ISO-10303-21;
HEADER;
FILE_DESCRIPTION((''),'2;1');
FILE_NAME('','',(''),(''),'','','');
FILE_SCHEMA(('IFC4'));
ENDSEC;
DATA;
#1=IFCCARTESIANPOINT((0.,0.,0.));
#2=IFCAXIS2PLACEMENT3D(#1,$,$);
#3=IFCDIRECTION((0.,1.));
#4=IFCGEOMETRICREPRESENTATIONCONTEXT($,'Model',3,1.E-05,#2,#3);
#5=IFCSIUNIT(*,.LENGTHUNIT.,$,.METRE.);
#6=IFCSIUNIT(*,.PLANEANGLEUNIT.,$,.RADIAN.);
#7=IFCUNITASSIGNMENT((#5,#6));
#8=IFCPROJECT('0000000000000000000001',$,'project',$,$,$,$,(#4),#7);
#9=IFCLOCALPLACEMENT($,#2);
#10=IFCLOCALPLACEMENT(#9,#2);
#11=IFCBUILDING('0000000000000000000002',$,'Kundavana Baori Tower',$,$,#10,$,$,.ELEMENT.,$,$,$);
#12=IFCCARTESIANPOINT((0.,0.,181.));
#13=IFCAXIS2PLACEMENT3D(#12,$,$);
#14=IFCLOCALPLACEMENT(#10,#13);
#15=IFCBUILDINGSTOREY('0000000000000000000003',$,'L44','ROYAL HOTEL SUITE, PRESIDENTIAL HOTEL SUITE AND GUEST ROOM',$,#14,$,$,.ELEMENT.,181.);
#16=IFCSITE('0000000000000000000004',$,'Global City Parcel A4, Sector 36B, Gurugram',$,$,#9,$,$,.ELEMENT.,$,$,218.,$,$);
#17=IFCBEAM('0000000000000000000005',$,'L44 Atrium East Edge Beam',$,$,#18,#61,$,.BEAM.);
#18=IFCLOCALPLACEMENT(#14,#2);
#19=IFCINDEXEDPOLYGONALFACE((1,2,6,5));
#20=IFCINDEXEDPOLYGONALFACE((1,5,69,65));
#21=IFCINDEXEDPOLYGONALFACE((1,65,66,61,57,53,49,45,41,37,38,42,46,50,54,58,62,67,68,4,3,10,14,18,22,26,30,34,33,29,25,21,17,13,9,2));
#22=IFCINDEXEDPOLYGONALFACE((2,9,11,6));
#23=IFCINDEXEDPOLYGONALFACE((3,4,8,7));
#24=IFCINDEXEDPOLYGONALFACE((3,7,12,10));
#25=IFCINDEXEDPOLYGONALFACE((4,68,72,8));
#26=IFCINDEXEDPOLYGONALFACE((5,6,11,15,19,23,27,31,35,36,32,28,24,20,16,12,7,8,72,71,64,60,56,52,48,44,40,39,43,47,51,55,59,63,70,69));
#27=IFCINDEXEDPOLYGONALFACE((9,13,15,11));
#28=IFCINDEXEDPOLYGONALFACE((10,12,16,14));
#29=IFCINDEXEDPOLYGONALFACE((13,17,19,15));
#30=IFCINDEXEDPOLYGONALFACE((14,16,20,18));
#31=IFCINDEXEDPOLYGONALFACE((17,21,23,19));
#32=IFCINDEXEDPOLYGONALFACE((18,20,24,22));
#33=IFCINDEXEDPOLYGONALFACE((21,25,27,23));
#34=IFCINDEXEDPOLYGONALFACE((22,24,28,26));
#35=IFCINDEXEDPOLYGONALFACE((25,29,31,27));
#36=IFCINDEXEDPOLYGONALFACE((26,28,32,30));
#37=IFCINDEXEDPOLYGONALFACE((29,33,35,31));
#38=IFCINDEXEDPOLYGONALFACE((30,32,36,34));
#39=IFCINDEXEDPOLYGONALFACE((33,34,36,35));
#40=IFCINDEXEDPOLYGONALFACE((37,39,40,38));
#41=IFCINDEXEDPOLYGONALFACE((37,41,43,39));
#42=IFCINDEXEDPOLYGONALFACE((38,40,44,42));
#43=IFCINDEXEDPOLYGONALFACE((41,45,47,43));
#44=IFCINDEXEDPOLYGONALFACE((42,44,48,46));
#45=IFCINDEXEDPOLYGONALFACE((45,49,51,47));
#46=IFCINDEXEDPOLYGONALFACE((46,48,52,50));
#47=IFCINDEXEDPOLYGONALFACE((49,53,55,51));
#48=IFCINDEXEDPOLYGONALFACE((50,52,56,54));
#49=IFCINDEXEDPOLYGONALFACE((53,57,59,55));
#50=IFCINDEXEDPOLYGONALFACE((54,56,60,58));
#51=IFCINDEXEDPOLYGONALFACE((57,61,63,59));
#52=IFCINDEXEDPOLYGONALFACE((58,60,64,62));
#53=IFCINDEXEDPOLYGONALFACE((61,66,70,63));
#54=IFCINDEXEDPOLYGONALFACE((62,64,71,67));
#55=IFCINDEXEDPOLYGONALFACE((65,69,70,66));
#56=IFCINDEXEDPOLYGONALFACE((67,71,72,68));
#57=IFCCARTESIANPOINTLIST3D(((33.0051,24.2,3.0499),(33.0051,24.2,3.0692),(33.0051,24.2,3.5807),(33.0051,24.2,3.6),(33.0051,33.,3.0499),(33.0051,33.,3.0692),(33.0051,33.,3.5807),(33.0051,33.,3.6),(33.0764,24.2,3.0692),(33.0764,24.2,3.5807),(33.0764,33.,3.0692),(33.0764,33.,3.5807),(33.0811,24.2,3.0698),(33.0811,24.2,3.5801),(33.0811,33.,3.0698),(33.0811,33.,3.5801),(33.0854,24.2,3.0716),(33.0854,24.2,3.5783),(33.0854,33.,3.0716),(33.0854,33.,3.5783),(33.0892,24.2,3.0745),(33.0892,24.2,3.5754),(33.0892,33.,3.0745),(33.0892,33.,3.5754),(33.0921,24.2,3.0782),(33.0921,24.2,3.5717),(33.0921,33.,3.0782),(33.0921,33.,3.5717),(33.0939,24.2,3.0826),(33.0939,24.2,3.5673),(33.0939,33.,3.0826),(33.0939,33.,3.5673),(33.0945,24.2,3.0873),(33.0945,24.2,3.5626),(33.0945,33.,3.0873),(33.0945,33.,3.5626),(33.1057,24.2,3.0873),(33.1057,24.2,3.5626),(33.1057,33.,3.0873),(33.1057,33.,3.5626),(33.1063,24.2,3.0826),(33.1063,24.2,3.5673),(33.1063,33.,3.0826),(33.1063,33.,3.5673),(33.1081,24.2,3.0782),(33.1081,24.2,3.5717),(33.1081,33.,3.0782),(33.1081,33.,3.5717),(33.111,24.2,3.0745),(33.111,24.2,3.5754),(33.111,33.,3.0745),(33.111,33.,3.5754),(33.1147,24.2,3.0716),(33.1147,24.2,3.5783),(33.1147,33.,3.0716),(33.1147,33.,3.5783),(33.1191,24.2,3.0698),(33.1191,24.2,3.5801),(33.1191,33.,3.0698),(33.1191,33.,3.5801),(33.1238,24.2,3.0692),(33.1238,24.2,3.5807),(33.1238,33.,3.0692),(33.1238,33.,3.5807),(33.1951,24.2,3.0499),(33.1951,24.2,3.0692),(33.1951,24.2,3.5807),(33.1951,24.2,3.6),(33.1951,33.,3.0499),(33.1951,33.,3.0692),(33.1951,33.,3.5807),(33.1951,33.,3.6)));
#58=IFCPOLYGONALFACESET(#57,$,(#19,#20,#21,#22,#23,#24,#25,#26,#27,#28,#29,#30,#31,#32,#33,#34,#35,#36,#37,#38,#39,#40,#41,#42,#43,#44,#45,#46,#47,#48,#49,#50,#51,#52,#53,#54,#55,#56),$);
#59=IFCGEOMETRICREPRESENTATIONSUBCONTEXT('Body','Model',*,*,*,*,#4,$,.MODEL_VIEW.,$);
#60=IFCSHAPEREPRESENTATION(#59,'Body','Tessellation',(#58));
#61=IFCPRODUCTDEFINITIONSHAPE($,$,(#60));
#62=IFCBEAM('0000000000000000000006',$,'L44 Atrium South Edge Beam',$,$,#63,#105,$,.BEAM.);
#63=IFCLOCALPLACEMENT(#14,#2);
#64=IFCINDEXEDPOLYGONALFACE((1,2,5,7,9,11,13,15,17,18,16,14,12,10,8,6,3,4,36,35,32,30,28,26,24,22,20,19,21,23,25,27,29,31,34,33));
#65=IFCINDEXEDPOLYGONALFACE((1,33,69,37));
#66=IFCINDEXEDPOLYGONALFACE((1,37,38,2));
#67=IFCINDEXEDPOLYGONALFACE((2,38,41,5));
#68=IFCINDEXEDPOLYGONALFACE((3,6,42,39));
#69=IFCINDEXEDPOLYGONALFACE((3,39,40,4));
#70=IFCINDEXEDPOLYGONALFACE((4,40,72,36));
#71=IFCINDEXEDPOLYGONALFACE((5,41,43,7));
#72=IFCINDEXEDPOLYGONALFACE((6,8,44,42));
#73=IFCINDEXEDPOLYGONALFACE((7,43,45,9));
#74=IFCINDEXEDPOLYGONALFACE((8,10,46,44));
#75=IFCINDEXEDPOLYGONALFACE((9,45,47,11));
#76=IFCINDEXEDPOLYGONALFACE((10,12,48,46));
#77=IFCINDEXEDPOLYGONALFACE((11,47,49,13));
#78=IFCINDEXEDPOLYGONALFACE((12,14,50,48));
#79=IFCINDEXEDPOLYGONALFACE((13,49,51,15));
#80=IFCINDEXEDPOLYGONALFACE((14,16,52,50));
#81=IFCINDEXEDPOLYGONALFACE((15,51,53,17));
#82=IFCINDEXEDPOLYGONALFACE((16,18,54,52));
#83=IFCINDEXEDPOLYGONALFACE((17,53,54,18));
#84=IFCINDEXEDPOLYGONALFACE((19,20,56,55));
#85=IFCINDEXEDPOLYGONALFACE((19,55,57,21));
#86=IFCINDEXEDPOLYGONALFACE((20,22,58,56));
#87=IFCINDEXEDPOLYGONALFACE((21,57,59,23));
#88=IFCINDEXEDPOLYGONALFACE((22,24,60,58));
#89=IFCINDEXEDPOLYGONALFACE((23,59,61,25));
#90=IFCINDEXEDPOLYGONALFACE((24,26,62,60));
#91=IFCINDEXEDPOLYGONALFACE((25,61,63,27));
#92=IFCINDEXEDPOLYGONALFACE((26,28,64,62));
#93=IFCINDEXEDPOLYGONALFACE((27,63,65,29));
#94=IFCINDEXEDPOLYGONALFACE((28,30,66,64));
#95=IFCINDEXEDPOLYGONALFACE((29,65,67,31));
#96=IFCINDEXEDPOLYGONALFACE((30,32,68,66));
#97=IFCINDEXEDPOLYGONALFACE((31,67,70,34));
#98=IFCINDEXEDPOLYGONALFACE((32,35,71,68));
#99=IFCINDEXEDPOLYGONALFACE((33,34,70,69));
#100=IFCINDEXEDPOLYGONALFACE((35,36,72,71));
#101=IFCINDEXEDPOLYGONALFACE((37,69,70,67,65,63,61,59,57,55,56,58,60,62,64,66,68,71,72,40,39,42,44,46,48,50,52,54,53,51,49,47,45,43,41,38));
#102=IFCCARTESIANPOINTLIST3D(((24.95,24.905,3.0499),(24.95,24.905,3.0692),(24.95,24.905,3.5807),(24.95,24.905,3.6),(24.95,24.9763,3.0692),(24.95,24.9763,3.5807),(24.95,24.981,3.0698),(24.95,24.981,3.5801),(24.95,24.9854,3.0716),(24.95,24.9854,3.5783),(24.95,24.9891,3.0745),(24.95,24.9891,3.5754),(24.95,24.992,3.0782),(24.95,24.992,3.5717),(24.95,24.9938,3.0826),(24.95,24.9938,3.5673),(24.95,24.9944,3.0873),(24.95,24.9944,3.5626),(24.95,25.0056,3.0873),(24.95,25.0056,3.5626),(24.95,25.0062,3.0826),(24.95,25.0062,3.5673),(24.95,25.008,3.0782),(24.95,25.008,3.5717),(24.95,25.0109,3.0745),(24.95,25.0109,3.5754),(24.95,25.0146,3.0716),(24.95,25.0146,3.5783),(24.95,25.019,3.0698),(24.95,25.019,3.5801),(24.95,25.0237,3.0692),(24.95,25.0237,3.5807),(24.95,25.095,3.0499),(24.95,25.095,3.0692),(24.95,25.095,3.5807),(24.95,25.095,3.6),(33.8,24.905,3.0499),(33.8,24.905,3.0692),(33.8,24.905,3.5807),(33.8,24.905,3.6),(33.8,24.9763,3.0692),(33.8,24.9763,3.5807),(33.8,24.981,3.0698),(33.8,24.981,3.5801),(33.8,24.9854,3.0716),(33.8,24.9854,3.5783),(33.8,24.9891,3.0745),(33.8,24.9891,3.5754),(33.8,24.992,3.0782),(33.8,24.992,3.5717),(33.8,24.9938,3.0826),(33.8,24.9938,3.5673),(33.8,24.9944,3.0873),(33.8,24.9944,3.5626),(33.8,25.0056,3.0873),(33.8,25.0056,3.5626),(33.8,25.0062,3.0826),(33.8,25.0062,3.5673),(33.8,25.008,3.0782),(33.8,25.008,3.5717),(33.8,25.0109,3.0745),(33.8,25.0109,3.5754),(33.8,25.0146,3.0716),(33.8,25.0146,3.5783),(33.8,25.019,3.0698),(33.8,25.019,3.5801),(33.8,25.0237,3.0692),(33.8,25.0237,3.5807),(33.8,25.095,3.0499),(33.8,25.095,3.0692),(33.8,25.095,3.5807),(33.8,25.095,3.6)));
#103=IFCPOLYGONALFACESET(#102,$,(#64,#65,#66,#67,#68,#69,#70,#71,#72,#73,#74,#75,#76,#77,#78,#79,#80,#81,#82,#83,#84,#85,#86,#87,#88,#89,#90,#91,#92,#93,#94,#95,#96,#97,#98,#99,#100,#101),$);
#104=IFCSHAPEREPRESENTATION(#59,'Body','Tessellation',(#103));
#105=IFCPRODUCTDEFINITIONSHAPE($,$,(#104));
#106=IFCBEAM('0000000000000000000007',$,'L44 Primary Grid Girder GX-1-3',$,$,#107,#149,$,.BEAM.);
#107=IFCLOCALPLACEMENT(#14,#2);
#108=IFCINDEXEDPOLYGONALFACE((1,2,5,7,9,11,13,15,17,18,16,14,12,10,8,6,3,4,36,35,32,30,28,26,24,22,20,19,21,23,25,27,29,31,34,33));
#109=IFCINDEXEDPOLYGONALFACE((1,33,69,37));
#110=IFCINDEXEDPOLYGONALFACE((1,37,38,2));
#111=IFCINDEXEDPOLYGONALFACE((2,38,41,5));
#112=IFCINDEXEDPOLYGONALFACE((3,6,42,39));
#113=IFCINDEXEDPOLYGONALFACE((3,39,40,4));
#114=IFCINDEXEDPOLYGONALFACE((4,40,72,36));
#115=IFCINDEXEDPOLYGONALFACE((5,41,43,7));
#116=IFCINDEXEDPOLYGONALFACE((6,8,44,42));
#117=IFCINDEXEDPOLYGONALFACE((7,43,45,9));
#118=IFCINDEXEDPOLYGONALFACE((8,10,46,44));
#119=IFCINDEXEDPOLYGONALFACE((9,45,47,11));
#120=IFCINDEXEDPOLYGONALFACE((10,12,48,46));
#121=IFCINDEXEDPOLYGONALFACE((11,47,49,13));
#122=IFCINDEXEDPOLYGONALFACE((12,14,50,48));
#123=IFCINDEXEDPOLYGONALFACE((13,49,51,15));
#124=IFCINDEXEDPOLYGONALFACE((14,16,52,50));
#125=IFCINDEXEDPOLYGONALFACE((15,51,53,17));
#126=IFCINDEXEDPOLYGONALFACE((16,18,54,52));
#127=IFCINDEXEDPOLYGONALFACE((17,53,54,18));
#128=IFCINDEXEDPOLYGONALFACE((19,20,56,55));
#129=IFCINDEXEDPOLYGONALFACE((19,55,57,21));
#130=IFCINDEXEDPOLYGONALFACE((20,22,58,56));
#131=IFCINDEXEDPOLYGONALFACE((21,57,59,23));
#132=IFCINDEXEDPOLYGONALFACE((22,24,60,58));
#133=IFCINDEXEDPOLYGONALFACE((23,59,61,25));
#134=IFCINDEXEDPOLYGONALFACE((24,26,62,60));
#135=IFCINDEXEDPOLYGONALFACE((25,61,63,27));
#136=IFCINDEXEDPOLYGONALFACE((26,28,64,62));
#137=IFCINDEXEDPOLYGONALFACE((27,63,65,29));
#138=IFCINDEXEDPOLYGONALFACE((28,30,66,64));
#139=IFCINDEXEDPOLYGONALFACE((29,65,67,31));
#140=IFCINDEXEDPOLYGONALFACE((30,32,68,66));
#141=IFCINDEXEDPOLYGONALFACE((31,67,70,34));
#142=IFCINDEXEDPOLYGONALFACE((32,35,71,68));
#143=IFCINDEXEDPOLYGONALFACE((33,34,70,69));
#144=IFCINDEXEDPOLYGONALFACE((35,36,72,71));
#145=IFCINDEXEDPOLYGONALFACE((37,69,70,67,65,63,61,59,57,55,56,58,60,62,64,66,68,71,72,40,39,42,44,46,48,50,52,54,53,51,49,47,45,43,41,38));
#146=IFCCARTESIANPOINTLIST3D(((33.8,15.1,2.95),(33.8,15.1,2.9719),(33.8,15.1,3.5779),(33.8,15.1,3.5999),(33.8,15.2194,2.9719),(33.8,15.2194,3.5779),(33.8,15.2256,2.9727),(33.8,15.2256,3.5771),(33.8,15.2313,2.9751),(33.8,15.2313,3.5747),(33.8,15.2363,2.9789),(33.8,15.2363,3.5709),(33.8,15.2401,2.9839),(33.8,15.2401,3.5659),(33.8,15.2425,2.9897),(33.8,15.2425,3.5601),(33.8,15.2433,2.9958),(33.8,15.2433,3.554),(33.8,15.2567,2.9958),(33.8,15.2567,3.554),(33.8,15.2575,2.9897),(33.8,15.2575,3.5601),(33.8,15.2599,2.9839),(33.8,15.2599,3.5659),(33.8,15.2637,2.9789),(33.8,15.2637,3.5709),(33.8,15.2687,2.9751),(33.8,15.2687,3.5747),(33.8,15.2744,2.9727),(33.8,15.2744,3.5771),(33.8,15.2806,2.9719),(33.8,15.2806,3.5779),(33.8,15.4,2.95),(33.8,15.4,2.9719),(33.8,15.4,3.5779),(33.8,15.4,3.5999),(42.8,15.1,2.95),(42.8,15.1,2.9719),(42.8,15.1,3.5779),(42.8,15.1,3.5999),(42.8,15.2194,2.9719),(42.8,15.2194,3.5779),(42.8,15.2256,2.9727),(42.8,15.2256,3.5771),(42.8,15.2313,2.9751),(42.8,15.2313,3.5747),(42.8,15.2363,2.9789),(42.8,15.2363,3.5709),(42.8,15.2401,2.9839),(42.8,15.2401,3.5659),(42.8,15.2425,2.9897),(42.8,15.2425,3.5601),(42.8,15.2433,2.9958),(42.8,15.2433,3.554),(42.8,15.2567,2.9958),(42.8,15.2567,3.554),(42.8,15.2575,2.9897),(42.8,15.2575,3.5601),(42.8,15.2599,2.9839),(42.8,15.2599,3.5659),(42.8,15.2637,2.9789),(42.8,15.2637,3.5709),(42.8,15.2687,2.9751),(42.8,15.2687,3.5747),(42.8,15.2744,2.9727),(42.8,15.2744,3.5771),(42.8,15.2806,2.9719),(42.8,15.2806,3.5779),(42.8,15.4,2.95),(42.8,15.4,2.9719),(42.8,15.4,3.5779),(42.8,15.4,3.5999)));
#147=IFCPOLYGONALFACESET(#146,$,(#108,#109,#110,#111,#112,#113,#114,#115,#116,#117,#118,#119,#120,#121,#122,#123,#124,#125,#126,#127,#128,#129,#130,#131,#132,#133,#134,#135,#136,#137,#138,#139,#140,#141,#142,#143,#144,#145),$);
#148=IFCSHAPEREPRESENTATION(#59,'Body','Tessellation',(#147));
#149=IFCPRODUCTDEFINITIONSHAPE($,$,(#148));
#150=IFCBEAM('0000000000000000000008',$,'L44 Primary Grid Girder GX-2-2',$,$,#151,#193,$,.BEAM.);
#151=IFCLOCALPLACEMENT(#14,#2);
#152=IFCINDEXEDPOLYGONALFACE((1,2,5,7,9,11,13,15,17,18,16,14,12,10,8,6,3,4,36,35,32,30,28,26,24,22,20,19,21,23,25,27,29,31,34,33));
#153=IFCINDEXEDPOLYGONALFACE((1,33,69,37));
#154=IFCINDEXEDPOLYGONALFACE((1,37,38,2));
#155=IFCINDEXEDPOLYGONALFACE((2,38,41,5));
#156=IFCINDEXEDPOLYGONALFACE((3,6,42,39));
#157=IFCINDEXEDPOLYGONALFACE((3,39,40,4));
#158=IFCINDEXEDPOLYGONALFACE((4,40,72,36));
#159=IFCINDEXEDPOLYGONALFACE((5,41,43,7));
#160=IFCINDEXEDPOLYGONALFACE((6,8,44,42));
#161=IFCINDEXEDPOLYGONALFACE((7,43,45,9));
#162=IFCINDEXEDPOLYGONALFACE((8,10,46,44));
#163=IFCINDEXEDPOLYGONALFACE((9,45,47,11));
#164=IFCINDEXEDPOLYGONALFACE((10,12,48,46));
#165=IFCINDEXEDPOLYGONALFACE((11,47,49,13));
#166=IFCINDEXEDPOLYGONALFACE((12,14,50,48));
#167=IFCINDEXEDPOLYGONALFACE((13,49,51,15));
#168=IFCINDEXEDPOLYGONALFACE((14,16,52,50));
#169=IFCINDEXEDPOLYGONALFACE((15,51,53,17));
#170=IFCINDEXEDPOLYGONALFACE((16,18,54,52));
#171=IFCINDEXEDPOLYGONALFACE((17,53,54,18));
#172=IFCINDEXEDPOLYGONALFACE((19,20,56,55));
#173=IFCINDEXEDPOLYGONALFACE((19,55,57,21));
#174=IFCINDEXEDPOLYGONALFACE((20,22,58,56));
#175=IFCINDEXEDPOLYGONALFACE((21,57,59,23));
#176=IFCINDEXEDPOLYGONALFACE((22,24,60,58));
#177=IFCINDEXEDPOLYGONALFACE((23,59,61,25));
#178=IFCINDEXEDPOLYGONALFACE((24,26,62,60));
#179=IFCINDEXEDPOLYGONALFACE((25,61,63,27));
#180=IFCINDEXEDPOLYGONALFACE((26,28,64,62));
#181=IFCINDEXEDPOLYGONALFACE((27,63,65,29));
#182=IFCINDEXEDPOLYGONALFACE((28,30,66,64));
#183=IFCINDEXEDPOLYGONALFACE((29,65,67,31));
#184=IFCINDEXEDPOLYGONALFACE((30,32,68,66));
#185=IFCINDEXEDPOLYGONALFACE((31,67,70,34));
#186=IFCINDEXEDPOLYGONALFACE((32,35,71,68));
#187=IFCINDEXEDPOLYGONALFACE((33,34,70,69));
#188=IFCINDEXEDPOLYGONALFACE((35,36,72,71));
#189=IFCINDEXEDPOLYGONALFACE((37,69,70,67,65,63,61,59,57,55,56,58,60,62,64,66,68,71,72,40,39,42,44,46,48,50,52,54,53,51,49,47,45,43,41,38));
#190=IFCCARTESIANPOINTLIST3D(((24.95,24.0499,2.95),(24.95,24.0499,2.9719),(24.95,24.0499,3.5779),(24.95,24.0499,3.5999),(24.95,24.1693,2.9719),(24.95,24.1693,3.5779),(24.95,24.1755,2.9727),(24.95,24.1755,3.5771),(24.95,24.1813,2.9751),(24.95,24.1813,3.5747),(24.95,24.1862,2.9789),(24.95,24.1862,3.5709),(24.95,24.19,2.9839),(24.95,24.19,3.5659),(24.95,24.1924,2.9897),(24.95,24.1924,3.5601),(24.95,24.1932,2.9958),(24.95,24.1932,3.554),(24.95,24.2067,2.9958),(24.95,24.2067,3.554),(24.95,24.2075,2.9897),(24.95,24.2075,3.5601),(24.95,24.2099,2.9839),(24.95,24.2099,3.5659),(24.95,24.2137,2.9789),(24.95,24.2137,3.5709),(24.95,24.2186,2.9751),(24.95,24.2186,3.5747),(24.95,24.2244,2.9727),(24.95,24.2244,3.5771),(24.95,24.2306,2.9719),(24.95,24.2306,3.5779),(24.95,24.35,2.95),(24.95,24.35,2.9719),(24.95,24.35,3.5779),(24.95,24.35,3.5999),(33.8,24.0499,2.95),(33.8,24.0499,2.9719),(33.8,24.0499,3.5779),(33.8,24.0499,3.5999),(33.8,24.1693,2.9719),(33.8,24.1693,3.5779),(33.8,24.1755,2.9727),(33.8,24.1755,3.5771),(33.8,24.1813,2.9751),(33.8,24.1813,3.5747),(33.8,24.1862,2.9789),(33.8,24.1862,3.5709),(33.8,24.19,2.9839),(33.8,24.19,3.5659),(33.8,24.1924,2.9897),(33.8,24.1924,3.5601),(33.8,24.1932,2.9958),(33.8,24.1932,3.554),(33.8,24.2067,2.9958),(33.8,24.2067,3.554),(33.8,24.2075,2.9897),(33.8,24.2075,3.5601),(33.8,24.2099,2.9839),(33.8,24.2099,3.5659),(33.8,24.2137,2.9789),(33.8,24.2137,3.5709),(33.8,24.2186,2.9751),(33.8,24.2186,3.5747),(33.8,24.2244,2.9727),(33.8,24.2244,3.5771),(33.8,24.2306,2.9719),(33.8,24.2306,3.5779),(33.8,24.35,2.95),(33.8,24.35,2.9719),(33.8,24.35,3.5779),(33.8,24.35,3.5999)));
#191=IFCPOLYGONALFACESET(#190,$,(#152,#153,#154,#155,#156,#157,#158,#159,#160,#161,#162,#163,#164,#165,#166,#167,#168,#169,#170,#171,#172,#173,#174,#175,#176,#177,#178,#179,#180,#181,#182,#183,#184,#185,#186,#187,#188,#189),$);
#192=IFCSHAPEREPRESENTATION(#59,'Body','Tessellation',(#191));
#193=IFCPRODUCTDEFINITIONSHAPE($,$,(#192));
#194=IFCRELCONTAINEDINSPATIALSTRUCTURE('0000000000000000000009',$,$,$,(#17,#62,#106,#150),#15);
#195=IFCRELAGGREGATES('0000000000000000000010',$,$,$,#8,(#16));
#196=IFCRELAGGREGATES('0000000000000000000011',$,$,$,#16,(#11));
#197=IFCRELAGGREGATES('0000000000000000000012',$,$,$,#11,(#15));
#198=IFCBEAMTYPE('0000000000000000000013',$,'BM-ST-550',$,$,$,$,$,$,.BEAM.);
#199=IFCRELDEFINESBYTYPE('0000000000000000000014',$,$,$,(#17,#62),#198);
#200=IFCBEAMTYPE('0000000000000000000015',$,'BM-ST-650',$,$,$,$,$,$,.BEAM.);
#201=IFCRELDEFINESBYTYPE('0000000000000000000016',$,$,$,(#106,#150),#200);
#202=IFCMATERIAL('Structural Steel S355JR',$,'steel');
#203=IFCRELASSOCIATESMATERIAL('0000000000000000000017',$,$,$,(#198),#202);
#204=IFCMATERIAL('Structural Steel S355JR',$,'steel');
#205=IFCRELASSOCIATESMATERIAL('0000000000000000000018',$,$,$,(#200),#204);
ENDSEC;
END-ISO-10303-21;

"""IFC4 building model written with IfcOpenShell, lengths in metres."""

from ifc_helpers import new_model, si_unit, direction, frame, origin, origin_2d, place, context, subcontext, project, spatial, i_section, extrude, material, material_profile, profile_set, type_object, element, save


model = new_model("IFC4")

# Units and contexts
model_context = context("Model", 3, precision=1e-05, world=origin(), true_north=direction((0.0, 1.0)))
body_context = subcontext(model_context, "Body", "Model", "MODEL_VIEW")
ifc_project = project(units=[si_unit("LENGTHUNIT", "METRE"), si_unit("PLANEANGLEUNIT", "RADIAN")], contexts=[model_context])

# Site, building, storey
site_placement = place(None, origin())
site = spatial("IfcSite", under=ifc_project, at=site_placement, Name="Global City Parcel A4, Sector 36B, Gurugram", CompositionType="ELEMENT", RefElevation=218.0)
building_placement = place(site_placement, origin())
building = spatial("IfcBuilding", under=site, at=building_placement, Name="Kundavana Baori Tower", CompositionType="ELEMENT")
storey_placement = place(building_placement, frame((0.0, 0.0, 181.0)))
storey = spatial("IfcBuildingStorey", under=building, at=storey_placement, Name="L44", Description="ROYAL HOTEL SUITE, PRESIDENTIAL HOTEL SUITE AND GUEST ROOM", CompositionType="ELEMENT", Elevation=181.0)

# Beams
ifc_material_1 = material(Name="Structural Steel S355JR", Category="steel")
ifc_material_profile_1 = material_profile(ifc_material_1, i_section(OverallWidth=0.1899, OverallDepth=0.55, WebThickness=0.0112, FlangeThickness=0.0193, FilletRadius=0.0181, at=origin_2d()), Name="ISMB 550")
ifc_profile_set_1 = profile_set([ifc_material_profile_1], Name="Structural Steel S355JR")
beam_type_1 = type_object("IfcBeamType", Name="BM-ST-550", PredefinedType="BEAM", material=ifc_profile_set_1)
for number, where, z_axis, x_axis, name in (
    (1, (33.1001, 24.2, 3.325), (0.0, 1.0, 0.0), (-1.0, 0.0, 0.0), "L44 Atrium East Edge Beam"),
):
    element("IfcBeam", number, at=place(storey_placement, frame(where, z_axis=z_axis, x_axis=x_axis)), inside=storey, type_object=beam_type_1, Name=name, PredefinedType="BEAM", context=body_context, shape_type="SweptSolid", body=[
        extrude(i_section(OverallWidth=0.1899, OverallDepth=0.55, WebThickness=0.0112, FlangeThickness=0.0193, FilletRadius=0.0181, at=origin_2d()), origin(), (0.0, 0.0, 1.0), 8.8),
    ])
beam_1_placement = place(storey_placement, frame((24.95, 25.0, 3.325), z_axis=(1.0, 0.0, 0.0), x_axis=(0.0, 1.0, 0.0)))
element("IfcBeam", 2, at=beam_1_placement, inside=storey, type_object=beam_type_1, Name="L44 Atrium South Edge Beam", PredefinedType="BEAM", context=body_context, shape_type="SweptSolid", body=[
    extrude(i_section(OverallWidth=0.1899, OverallDepth=0.55, WebThickness=0.0112, FlangeThickness=0.0193, FilletRadius=0.0181, at=origin_2d()), origin(), (0.0, 0.0, 1.0), 8.8501),
])
ifc_material_2 = material(Name="Structural Steel S355JR", Category="steel")
ifc_material_profile_2 = material_profile(ifc_material_2, i_section(OverallWidth=0.3, OverallDepth=0.6499, WebThickness=0.0134, FlangeThickness=0.022, FilletRadius=0.0239, at=origin_2d()), Name="NPB 650x300x155")
ifc_profile_set_2 = profile_set([ifc_material_profile_2], Name="Structural Steel S355JR")
beam_type_2 = type_object("IfcBeamType", Name="BM-ST-650", PredefinedType="BEAM", material=ifc_profile_set_2)
beam_2_placement = place(storey_placement, frame((33.8, 15.25, 3.2749), z_axis=(1.0, 0.0, 0.0), x_axis=(0.0, 1.0, 0.0)))
element("IfcBeam", 3, at=beam_2_placement, inside=storey, type_object=beam_type_2, Name="L44 Primary Grid Girder GX-1-3", PredefinedType="BEAM", context=body_context, shape_type="SweptSolid", body=[
    extrude(i_section(OverallWidth=0.3, OverallDepth=0.6499, WebThickness=0.0134, FlangeThickness=0.022, FilletRadius=0.0239, at=origin_2d()), origin(), (0.0, 0.0, 1.0), 9.0),
])
beam_3_placement = place(storey_placement, frame((24.95, 24.2, 3.2749), z_axis=(1.0, 0.0, 0.0), x_axis=(0.0, 1.0, 0.0)))
element("IfcBeam", 4, at=beam_3_placement, inside=storey, type_object=beam_type_2, Name="L44 Primary Grid Girder GX-2-2", PredefinedType="BEAM", context=body_context, shape_type="SweptSolid", body=[
    extrude(i_section(OverallWidth=0.3, OverallDepth=0.6499, WebThickness=0.0134, FlangeThickness=0.022, FilletRadius=0.0239, at=origin_2d()), origin(), (0.0, 0.0, 1.0), 8.8501),
])

save(model, "model.ifc")
